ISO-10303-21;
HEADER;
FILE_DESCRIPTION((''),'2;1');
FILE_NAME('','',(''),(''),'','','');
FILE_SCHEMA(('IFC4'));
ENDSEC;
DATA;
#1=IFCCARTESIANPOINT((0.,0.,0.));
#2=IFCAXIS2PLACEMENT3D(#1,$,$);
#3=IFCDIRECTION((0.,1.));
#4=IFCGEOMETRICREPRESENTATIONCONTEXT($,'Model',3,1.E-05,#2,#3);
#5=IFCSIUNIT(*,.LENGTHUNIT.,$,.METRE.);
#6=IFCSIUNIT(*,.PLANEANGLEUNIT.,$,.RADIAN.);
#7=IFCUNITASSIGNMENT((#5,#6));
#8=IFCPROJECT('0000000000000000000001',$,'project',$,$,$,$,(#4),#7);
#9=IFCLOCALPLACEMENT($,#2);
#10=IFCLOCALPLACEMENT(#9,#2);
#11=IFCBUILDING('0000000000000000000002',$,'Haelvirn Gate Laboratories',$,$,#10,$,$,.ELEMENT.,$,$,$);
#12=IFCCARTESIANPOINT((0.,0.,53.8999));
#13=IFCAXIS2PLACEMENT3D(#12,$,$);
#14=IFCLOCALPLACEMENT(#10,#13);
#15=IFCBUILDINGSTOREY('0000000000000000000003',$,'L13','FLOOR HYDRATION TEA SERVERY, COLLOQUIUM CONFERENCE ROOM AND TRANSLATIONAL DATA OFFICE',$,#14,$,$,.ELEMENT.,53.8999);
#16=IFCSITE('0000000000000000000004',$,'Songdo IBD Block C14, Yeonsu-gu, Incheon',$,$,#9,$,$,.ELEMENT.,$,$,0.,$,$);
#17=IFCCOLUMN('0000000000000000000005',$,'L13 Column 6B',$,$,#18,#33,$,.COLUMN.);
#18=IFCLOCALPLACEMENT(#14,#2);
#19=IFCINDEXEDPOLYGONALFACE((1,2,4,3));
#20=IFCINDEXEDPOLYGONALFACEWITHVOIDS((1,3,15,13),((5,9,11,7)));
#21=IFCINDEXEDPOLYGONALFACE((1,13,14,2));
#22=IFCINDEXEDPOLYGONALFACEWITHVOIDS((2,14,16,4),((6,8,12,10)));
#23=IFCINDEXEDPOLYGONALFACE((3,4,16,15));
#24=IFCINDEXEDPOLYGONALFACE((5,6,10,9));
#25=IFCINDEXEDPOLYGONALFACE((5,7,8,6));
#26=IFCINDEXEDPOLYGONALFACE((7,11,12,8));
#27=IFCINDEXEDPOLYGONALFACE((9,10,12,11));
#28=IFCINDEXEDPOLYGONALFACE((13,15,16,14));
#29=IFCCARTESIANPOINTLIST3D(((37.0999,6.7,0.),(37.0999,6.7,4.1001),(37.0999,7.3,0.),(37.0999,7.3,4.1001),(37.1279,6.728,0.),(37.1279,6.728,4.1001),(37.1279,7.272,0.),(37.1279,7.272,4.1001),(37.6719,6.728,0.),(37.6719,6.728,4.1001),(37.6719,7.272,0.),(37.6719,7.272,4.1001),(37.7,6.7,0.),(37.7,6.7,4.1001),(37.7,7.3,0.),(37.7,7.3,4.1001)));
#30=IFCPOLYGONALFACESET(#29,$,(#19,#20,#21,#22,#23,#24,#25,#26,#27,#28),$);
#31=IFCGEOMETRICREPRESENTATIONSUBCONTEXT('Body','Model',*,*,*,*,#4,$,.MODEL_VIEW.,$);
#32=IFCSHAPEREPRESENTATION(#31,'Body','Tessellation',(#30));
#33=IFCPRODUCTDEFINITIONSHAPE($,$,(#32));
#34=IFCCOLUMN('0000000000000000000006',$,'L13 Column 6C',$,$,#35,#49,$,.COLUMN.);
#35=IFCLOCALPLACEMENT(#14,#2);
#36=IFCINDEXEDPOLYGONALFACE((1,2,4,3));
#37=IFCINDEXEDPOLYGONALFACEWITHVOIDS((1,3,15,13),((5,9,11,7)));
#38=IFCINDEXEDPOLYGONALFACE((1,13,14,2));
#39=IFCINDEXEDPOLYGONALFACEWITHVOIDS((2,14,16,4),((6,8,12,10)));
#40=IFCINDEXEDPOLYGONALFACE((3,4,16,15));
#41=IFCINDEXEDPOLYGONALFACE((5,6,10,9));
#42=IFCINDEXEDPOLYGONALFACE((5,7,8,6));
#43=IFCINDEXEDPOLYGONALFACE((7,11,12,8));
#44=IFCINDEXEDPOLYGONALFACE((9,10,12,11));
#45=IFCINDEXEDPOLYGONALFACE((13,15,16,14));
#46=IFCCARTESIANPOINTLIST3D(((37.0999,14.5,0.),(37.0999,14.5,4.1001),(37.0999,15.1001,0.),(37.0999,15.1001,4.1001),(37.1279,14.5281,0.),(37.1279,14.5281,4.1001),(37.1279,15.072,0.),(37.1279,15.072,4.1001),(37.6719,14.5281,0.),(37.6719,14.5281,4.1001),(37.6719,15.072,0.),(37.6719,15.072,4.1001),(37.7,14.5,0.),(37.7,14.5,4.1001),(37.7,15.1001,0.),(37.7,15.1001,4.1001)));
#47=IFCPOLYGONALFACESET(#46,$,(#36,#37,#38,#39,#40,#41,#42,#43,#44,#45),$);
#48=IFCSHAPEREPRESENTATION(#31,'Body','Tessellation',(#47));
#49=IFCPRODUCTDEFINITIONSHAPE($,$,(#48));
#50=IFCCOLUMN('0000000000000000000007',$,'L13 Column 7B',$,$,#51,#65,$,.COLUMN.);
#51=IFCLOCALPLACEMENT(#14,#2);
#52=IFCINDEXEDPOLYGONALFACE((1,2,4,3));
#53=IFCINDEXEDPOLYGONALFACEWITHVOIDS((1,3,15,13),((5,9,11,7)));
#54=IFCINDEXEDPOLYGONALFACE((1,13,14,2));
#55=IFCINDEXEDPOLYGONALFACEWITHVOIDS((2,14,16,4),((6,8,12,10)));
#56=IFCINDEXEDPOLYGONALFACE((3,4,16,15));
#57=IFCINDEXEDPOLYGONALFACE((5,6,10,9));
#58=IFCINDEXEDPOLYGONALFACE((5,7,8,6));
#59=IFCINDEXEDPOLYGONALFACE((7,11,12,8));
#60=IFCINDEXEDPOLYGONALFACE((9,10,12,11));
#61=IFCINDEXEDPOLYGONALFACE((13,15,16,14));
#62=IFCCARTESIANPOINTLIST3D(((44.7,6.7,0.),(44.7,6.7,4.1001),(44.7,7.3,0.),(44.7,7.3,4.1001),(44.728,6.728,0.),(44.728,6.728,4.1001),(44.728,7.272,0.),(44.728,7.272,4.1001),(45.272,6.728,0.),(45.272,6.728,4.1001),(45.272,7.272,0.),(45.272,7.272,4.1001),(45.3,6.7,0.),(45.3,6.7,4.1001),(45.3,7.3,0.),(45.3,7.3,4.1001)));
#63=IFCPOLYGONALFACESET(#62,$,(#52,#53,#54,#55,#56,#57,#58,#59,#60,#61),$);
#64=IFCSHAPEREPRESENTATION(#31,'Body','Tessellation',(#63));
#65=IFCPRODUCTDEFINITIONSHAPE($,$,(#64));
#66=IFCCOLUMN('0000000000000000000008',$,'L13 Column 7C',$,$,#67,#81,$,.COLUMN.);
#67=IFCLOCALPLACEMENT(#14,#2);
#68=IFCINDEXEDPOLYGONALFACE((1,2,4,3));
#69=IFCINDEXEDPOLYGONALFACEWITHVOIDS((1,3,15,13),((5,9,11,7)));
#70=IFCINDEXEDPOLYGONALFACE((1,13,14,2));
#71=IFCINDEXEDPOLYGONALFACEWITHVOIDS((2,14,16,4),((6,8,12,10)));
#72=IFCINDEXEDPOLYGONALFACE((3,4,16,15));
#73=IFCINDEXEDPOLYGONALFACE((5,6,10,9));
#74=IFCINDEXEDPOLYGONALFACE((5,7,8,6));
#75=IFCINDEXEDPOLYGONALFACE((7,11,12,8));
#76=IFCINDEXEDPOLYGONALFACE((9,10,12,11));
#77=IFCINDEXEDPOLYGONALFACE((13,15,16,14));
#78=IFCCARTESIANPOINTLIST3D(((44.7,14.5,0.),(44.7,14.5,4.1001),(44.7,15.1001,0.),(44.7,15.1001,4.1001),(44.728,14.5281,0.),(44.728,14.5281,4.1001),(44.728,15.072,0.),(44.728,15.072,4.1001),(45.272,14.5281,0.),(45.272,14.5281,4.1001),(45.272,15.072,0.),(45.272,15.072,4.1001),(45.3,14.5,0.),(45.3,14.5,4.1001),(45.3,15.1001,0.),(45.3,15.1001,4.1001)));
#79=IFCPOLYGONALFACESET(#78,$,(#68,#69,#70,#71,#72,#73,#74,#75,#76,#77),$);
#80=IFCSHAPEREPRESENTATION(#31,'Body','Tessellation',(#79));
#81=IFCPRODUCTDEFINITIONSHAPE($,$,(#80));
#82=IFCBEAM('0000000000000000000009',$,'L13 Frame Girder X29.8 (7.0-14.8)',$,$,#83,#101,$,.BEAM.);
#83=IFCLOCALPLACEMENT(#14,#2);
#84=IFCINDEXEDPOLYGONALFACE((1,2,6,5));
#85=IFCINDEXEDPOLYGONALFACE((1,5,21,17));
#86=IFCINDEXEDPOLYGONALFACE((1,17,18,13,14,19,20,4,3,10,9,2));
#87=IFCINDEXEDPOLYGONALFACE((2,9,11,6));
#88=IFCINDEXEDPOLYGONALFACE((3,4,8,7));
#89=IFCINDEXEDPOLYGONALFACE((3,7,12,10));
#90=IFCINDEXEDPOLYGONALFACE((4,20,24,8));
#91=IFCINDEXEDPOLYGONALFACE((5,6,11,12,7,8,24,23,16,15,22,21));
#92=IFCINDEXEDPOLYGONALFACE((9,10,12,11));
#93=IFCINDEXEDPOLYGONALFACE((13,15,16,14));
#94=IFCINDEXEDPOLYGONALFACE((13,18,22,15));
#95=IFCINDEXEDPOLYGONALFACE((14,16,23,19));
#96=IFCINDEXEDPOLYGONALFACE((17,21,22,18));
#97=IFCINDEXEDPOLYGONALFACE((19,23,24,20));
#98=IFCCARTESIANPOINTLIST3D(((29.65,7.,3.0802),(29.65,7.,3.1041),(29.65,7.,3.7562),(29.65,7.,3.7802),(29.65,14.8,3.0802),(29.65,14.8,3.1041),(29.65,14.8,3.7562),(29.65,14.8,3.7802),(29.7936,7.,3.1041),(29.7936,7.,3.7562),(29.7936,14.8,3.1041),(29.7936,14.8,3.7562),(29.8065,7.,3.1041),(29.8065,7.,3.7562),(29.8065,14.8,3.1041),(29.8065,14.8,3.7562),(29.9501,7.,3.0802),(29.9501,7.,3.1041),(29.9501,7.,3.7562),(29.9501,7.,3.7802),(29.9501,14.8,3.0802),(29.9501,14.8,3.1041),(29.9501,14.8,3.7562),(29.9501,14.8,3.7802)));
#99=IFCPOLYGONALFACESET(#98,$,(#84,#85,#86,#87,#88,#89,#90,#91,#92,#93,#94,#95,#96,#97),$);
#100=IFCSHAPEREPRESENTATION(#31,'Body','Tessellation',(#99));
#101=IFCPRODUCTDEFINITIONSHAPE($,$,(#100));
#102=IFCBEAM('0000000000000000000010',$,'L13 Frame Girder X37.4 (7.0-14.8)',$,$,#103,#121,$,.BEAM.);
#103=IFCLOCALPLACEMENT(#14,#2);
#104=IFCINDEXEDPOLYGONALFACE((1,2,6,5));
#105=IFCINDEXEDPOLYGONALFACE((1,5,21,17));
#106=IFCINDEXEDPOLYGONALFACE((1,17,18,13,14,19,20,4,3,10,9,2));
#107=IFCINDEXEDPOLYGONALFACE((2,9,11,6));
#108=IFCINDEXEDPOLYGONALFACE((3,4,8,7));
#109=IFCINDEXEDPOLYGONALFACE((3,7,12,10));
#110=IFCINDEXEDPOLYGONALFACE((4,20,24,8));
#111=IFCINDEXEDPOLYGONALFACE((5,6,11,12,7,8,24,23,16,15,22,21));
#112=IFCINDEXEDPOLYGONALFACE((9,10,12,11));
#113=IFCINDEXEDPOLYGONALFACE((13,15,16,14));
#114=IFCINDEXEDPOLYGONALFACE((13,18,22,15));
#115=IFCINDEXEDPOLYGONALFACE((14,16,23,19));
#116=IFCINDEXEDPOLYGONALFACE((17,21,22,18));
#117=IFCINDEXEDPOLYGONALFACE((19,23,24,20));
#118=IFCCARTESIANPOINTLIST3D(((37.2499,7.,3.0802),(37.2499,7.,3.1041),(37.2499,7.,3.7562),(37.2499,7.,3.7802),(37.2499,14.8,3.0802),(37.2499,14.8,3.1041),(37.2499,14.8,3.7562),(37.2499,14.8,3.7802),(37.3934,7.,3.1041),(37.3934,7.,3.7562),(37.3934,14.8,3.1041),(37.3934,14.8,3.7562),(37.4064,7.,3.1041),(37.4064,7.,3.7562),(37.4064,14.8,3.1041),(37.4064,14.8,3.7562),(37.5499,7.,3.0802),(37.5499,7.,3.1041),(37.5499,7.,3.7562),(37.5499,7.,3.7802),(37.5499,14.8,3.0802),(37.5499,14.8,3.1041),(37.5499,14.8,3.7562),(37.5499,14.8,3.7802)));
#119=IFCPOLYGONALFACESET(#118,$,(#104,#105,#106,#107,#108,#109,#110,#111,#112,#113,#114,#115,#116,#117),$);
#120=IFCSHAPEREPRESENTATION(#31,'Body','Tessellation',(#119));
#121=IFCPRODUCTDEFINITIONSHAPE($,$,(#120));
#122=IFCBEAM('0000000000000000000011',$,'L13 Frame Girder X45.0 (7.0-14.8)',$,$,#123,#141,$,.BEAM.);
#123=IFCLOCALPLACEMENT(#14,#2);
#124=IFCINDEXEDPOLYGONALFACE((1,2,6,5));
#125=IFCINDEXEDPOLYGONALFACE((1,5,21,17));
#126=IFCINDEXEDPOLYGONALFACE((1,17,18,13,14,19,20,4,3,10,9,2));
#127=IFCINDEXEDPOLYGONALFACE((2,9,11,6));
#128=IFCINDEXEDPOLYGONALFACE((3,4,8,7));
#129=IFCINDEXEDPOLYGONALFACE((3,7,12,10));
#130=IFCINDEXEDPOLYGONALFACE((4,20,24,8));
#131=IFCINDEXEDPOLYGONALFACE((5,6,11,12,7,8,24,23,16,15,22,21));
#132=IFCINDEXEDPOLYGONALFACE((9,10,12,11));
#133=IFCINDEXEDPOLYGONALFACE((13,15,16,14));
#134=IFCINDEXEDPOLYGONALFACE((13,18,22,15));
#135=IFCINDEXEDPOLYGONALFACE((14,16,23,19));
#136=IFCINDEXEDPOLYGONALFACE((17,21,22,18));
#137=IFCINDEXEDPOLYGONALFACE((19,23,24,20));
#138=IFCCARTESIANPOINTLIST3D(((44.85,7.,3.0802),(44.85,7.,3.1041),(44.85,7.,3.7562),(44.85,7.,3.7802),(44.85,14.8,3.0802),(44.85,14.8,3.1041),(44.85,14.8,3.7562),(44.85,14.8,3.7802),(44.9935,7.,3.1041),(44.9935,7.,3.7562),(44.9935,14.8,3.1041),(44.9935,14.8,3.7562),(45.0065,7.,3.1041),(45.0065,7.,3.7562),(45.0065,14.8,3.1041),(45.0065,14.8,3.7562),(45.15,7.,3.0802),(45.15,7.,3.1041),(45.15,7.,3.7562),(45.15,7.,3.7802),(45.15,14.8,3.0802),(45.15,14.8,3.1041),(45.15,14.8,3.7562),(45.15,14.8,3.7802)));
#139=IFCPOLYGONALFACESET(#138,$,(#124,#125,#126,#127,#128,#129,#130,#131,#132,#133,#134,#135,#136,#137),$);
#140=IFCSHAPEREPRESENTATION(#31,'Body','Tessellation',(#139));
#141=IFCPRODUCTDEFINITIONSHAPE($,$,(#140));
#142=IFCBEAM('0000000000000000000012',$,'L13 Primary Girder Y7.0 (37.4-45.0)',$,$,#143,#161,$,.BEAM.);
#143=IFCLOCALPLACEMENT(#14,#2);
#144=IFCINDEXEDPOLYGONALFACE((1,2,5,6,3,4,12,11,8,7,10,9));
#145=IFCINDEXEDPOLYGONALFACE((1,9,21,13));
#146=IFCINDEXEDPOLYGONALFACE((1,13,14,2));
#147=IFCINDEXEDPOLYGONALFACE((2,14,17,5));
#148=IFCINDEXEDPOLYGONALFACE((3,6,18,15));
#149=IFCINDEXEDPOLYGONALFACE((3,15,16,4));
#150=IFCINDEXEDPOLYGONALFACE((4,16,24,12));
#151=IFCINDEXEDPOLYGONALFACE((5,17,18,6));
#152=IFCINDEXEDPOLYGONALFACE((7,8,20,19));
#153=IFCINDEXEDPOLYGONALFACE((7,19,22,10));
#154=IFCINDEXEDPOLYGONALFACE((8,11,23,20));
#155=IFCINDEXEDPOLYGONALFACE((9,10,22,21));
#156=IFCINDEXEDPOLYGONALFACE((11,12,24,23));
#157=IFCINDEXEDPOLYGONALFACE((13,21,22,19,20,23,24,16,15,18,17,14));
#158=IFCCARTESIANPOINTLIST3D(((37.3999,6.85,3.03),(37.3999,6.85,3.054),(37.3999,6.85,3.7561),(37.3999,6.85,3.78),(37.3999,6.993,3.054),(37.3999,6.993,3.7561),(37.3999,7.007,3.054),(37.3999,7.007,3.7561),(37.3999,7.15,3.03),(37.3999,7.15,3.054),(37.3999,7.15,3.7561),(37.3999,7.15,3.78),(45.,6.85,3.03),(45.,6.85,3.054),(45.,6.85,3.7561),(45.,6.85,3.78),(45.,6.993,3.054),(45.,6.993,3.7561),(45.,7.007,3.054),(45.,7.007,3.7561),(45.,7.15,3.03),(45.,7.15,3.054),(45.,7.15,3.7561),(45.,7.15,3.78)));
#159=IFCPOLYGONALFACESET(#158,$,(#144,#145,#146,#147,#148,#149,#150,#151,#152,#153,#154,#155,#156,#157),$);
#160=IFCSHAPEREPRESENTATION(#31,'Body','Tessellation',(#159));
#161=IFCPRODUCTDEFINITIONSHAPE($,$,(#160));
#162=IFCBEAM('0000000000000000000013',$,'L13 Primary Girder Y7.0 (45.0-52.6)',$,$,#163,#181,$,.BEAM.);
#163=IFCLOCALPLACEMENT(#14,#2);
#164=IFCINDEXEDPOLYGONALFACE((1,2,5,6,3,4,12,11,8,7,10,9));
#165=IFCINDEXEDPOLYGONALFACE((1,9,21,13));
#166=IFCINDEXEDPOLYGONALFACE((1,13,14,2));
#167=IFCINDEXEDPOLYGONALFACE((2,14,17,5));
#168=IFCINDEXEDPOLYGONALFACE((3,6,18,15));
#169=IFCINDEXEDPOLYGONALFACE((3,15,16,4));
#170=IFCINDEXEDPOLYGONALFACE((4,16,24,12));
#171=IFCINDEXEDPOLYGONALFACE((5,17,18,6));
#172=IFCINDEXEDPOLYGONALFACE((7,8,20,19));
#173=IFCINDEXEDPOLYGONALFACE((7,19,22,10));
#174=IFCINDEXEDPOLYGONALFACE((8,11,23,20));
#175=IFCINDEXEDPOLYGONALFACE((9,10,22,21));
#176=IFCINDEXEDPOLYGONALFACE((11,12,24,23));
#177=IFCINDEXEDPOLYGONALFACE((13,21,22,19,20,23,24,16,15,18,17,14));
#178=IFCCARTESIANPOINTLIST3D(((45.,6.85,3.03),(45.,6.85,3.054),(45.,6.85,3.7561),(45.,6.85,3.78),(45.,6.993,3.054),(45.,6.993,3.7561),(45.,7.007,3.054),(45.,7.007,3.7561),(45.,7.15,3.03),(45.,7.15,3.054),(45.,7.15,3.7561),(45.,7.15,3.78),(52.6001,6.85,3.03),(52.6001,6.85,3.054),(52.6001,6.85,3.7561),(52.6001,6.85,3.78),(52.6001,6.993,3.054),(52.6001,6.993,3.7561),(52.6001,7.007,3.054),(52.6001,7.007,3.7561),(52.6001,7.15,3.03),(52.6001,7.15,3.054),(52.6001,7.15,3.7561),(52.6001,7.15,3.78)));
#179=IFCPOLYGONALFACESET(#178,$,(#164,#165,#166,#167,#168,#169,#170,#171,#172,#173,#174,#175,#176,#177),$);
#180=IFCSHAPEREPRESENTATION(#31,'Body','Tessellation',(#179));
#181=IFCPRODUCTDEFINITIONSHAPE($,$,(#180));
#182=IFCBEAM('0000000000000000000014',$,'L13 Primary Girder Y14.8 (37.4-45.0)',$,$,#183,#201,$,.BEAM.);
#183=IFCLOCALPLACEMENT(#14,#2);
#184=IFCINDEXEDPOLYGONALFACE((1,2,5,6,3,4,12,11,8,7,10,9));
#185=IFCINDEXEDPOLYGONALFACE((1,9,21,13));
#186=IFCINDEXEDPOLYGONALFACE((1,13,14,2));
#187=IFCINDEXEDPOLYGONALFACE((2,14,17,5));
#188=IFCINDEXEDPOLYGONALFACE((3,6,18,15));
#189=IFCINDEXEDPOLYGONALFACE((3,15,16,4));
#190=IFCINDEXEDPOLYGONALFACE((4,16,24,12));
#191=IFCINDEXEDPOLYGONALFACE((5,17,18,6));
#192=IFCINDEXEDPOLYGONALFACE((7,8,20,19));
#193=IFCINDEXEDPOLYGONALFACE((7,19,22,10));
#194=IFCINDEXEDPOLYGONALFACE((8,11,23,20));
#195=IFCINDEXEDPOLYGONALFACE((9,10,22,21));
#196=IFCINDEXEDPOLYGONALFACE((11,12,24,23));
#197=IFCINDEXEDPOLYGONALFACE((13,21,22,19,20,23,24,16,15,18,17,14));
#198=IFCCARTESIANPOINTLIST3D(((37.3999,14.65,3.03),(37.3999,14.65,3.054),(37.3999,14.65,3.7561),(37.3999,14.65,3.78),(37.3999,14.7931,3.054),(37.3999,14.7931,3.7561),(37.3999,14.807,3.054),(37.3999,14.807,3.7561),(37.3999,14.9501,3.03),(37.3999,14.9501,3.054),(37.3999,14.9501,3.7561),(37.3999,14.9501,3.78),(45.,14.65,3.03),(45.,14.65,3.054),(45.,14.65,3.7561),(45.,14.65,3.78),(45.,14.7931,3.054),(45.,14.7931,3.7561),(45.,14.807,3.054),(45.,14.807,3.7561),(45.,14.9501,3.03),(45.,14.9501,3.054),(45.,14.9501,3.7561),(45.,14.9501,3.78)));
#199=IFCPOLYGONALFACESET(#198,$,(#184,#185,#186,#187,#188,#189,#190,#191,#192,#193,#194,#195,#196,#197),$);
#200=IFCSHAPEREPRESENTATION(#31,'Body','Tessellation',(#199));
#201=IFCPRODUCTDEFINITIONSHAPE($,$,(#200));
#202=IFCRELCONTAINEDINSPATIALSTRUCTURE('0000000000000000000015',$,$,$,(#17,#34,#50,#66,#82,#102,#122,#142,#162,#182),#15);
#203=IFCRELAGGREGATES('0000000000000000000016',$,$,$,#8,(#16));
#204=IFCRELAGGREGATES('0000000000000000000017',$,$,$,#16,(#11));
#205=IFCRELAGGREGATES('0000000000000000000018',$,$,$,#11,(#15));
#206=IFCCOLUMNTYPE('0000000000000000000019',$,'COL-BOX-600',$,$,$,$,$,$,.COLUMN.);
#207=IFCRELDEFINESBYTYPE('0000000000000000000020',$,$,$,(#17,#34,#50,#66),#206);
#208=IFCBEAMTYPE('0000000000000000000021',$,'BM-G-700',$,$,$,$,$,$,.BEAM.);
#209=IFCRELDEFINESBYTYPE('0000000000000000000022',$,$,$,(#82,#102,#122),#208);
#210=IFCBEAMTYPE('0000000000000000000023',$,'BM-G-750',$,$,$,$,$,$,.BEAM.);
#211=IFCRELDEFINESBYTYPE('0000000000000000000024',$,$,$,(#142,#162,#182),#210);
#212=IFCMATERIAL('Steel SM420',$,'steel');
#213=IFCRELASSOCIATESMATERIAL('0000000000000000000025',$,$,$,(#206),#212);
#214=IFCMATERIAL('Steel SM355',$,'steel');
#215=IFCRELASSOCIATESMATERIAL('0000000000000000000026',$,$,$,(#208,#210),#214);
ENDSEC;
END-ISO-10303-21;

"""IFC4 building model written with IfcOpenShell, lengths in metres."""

from ifc_helpers import new_model, si_unit, direction, frame, origin, origin_2d, place, context, subcontext, project, spatial, hollow_rectangle, i_section, extrude, source, transform, mapped, material, material_profile, profile_set, type_object, type_shapes, element, save


model = new_model("IFC4")

# Units and contexts
model_context = context("Model", 3, precision=1e-05, world=origin(), true_north=direction((0.0, 1.0)))
body_context = subcontext(model_context, "Body", "Model", "MODEL_VIEW")
ifc_project = project(units=[si_unit("LENGTHUNIT", "METRE"), si_unit("PLANEANGLEUNIT", "RADIAN")], contexts=[model_context])

# Site, building, storey
site_placement = place(None, origin())
site = spatial("IfcSite", under=ifc_project, at=site_placement, Name="Songdo IBD Block C14, Yeonsu-gu, Incheon", CompositionType="ELEMENT", RefElevation=0.0)
building_placement = place(site_placement, origin())
building = spatial("IfcBuilding", under=site, at=building_placement, Name="Haelvirn Gate Laboratories", CompositionType="ELEMENT")
storey_placement = place(building_placement, frame((0.0, 0.0, 53.8999)))
storey = spatial("IfcBuildingStorey", under=building, at=storey_placement, Name="L13", Description="FLOOR HYDRATION TEA SERVERY, COLLOQUIUM CONFERENCE ROOM AND TRANSLATIONAL DATA OFFICE", CompositionType="ELEMENT", Elevation=53.8999)

# Columns
ifc_material_1 = material(Name="Steel SM420", Category="steel")
ifc_material_profile_1 = material_profile(ifc_material_1, hollow_rectangle(XDim=0.6001, YDim=0.6001, WallThickness=0.0281, at=origin_2d()), Name="BOX-600x600x28")
ifc_profile_set_1 = profile_set([ifc_material_profile_1], Name="Steel SM420")
column_type = type_object("IfcColumnType", Name="COL-BOX-600", PredefinedType="COLUMN", material=ifc_profile_set_1)
shared_shape_1 = source(origin(), body_context, "Body", "SweptSolid", [
    extrude(hollow_rectangle(XDim=0.6001, YDim=0.6001, WallThickness=0.0281, at=origin_2d()), origin(), (0.0, 0.0, 1.0), 4.1001),
])
type_shapes(column_type, [shared_shape_1])
for number, where, z_axis, x_axis, name in (
    (1, (37.3999, 7.0, 0.0), (0.0, 0.0, 1.0), (1.0, 0.0, 0.0), "L13 Column 6B"),
    (2, (37.3999, 14.8, 0.0), (0.0, 0.0, 1.0), (1.0, 0.0, 0.0), "L13 Column 6C"),
    (3, (45.0, 7.0, 0.0), (0.0, 0.0, 1.0), (1.0, 0.0, 0.0), "L13 Column 7B"),
    (4, (45.0, 14.8, 0.0), (0.0, 0.0, 1.0), (1.0, 0.0, 0.0), "L13 Column 7C"),
):
    element("IfcColumn", number, at=place(storey_placement, frame(where, z_axis=z_axis, x_axis=x_axis)), inside=storey, type_object=column_type, Name=name, PredefinedType="COLUMN", context=body_context, shape_type="MappedRepresentation", body=[
        mapped(shared_shape_1, transform((0.0, 0.0, 0.0), scale=1.0)),
    ])

# Beams
ifc_material_2 = material(Name="Steel SM355", Category="steel")
ifc_material_profile_2 = material_profile(ifc_material_2, i_section(OverallWidth=0.3, OverallDepth=0.7, WebThickness=0.0129, FlangeThickness=0.0239, at=origin_2d()), Name="H-700x300x13x24")
ifc_profile_set_2 = profile_set([ifc_material_profile_2], Name="Steel SM355")
beam_type_1 = type_object("IfcBeamType", Name="BM-G-700", PredefinedType="BEAM", material=ifc_profile_set_2)
shared_shape_2 = source(origin(), body_context, "Body", "SweptSolid", [
    extrude(i_section(OverallWidth=0.3, OverallDepth=0.7, WebThickness=0.0129, FlangeThickness=0.0239, at=origin_2d()), origin(), (0.0, 0.0, 1.0), 7.8),
])
type_shapes(beam_type_1, [shared_shape_2])
for number, where, z_axis, x_axis, name in (
    (5, (29.8, 7.0, 3.4302), (0.0, 1.0, 0.0), (-1.0, 0.0, 0.0), "L13 Frame Girder X29.8 (7.0-14.8)"),
    (6, (37.3999, 7.0, 3.4302), (0.0, 1.0, 0.0), (-1.0, 0.0, 0.0), "L13 Frame Girder X37.4 (7.0-14.8)"),
    (7, (45.0, 7.0, 3.4302), (0.0, 1.0, 0.0), (-1.0, 0.0, 0.0), "L13 Frame Girder X45.0 (7.0-14.8)"),
):
    element("IfcBeam", number, at=place(storey_placement, frame(where, z_axis=z_axis, x_axis=x_axis)), inside=storey, type_object=beam_type_1, Name=name, PredefinedType="BEAM", context=body_context, shape_type="MappedRepresentation", body=[
        mapped(shared_shape_2, transform((0.0, 0.0, 0.0), scale=1.0)),
    ])
ifc_material_profile_3 = material_profile(ifc_material_2, i_section(OverallWidth=0.3, OverallDepth=0.75, WebThickness=0.0139, FlangeThickness=0.0239, at=origin_2d()), Name="H-750x300x14x24")
ifc_profile_set_3 = profile_set([ifc_material_profile_3], Name="Steel SM355")
beam_type_2 = type_object("IfcBeamType", Name="BM-G-750", PredefinedType="BEAM", material=ifc_profile_set_3)
shared_shape_3 = source(origin(), body_context, "Body", "SweptSolid", [
    extrude(i_section(OverallWidth=0.3, OverallDepth=0.75, WebThickness=0.0139, FlangeThickness=0.0239, at=origin_2d()), origin(), (0.0, 0.0, 1.0), 7.6001),
])
type_shapes(beam_type_2, [shared_shape_3])
for number, where, z_axis, x_axis, name in (
    (8, (37.3999, 7.0, 3.405), (1.0, 0.0, 0.0), (0.0, 1.0, 0.0), "L13 Primary Girder Y7.0 (37.4-45.0)"),
    (9, (45.0, 7.0, 3.405), (1.0, 0.0, 0.0), (0.0, 1.0, 0.0), "L13 Primary Girder Y7.0 (45.0-52.6)"),
    (10, (37.3999, 14.8, 3.405), (1.0, 0.0, 0.0), (0.0, 1.0, 0.0), "L13 Primary Girder Y14.8 (37.4-45.0)"),
):
    element("IfcBeam", number, at=place(storey_placement, frame(where, z_axis=z_axis, x_axis=x_axis)), inside=storey, type_object=beam_type_2, Name=name, PredefinedType="BEAM", context=body_context, shape_type="MappedRepresentation", body=[
        mapped(shared_shape_3, transform((0.0, 0.0, 0.0), scale=1.0)),
    ])

save(model, "model.ifc")
